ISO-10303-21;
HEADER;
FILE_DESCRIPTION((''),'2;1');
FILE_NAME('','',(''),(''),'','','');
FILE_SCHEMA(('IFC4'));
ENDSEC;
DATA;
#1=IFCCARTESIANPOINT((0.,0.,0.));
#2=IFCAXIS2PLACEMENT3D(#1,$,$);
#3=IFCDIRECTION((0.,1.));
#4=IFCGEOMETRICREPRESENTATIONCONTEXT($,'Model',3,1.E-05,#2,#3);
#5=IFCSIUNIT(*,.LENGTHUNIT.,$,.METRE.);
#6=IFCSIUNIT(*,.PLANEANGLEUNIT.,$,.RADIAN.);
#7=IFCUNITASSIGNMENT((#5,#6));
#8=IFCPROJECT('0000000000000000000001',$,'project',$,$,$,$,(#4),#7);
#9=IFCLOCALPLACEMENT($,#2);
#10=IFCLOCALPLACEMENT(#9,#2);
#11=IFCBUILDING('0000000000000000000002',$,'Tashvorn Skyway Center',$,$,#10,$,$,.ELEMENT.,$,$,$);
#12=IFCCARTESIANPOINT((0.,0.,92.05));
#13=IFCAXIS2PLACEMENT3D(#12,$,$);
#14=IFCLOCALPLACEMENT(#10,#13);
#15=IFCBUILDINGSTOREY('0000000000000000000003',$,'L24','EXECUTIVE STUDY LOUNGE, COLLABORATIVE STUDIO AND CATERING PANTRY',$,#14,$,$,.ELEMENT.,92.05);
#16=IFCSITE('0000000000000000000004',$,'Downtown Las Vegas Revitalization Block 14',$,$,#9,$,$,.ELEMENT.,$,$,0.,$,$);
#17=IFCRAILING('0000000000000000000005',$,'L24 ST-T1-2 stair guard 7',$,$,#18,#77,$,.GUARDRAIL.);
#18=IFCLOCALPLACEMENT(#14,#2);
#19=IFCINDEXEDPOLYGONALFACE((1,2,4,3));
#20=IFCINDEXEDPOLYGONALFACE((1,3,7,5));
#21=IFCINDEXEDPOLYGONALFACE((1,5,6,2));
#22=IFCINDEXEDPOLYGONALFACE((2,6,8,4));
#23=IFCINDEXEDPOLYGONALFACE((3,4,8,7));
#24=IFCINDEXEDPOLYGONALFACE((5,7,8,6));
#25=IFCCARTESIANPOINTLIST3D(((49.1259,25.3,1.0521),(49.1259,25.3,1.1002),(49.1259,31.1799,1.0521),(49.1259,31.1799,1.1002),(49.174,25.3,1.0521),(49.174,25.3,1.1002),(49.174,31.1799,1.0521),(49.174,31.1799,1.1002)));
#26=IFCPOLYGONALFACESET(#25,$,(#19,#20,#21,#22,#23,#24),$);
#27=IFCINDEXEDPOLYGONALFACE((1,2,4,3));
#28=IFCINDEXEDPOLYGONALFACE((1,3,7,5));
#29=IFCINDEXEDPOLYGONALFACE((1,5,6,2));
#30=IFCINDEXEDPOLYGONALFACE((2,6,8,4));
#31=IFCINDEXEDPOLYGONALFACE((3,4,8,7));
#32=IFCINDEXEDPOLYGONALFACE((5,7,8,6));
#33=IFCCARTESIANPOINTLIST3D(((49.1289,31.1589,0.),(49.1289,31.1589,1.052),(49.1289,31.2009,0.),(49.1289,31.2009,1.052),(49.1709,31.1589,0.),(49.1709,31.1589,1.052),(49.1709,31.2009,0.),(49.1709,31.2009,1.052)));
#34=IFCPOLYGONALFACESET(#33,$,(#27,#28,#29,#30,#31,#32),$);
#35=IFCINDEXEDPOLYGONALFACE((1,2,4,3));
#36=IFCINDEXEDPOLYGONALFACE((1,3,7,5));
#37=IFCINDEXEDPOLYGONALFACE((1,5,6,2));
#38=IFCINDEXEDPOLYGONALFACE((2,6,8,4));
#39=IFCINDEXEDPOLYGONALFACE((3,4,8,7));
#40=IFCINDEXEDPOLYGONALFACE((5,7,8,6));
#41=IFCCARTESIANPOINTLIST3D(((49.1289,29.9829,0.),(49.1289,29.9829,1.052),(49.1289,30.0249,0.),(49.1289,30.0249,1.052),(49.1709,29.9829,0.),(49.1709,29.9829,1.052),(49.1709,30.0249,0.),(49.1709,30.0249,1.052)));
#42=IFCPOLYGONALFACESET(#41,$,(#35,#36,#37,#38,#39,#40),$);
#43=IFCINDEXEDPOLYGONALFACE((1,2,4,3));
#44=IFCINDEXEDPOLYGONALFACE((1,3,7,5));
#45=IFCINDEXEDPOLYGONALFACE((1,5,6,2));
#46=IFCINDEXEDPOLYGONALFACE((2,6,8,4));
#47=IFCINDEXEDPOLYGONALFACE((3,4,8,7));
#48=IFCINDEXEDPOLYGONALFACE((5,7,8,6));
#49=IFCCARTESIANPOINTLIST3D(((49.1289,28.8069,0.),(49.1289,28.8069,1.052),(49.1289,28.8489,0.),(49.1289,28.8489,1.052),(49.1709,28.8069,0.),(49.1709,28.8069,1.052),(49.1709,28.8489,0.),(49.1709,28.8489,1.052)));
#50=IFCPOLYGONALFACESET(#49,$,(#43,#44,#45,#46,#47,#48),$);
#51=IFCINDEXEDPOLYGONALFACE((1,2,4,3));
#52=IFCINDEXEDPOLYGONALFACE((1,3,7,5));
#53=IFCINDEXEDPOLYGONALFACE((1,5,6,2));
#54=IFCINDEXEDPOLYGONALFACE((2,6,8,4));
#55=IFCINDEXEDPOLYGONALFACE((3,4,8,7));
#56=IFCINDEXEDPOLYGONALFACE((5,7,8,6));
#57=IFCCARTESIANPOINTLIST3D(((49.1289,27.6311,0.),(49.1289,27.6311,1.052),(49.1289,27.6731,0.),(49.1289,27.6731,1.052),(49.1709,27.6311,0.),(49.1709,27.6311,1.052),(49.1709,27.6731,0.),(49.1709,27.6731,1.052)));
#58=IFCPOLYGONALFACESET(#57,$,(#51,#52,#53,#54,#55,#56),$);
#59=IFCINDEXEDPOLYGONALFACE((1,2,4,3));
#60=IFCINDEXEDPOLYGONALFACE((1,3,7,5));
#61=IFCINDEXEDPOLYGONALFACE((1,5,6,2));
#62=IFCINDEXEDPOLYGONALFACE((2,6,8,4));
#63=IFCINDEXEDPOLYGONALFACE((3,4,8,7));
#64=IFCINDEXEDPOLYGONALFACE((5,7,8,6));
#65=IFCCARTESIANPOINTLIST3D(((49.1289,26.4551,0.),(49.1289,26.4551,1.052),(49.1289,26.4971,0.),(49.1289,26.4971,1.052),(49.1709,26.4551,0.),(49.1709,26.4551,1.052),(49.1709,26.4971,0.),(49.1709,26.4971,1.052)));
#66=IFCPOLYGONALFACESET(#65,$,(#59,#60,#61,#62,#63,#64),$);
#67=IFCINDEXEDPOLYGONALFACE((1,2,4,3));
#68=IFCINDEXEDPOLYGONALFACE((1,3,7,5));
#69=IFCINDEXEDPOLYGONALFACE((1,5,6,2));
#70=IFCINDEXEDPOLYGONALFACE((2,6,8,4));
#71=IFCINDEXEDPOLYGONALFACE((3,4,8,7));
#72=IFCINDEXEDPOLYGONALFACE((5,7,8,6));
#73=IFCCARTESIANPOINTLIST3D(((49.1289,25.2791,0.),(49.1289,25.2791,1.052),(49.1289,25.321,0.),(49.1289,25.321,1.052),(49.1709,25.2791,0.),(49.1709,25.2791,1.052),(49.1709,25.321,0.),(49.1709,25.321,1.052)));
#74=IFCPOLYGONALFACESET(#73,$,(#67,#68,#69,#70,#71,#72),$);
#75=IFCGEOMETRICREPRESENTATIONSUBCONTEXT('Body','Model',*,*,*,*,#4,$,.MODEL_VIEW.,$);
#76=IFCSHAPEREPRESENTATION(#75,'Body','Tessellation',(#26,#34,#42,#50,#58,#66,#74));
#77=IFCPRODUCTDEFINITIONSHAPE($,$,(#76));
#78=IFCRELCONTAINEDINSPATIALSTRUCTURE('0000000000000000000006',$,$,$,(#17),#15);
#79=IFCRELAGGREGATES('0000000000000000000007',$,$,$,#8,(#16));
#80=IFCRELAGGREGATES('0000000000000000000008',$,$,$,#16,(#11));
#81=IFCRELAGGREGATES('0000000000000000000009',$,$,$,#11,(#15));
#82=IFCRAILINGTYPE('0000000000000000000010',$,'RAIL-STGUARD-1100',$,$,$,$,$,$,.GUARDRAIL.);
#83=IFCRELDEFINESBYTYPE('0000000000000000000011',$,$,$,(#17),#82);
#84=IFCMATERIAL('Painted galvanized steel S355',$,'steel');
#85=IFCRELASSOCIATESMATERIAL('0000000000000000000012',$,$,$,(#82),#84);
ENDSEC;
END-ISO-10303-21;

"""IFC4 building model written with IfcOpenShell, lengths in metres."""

from ifc_helpers import new_model, si_unit, direction, frame, origin, origin_2d, place, context, subcontext, project, spatial, rectangle, extrude, material, type_object, element, save


model = new_model("IFC4")

# Units and contexts
model_context = context("Model", 3, precision=1e-05, world=origin(), true_north=direction((0.0, 1.0)))
body_context = subcontext(model_context, "Body", "Model", "MODEL_VIEW")
ifc_project = project(units=[si_unit("LENGTHUNIT", "METRE"), si_unit("PLANEANGLEUNIT", "RADIAN")], contexts=[model_context])

# Site, building, storey
site_placement = place(None, origin())
site = spatial("IfcSite", under=ifc_project, at=site_placement, Name="Downtown Las Vegas Revitalization Block 14", CompositionType="ELEMENT", RefElevation=0.0)
building_placement = place(site_placement, origin())
building = spatial("IfcBuilding", under=site, at=building_placement, Name="Tashvorn Skyway Center", CompositionType="ELEMENT")
storey_placement = place(building_placement, frame((0.0, 0.0, 92.05)))
storey = spatial("IfcBuildingStorey", under=building, at=storey_placement, Name="L24", Description="EXECUTIVE STUDY LOUNGE, COLLABORATIVE STUDIO AND CATERING PANTRY", CompositionType="ELEMENT", Elevation=92.05)

# Railing
ifc_material_1 = material(Name="Painted galvanized steel S355", Category="steel")
railing_type_1 = type_object("IfcRailingType", Name="RAIL-STGUARD-1100", PredefinedType="GUARDRAIL", material=ifc_material_1)
railing_1_placement = place(storey_placement, frame((49.1499, 31.1799, 0.0)))
element("IfcRailing", 1, at=railing_1_placement, inside=storey, type_object=railing_type_1, Name="L24 ST-T1-2 stair guard 7", PredefinedType="GUARDRAIL", context=body_context, shape_type="SweptSolid", body=[
    extrude(rectangle(XDim=0.0481, YDim=0.0481, at=origin_2d()), frame((0.0, 0.0, 1.0762), z_axis=(0.0, -1.0, 0.0), x_axis=(1.0, 0.0, 0.0)), (0.0, 0.0, 1.0), 5.8799),
    extrude(rectangle(XDim=0.042, YDim=0.042, at=origin_2d()), origin(), (0.0, 0.0, 1.0), 1.052),
    extrude(rectangle(XDim=0.042, YDim=0.042, at=origin_2d()), frame((0.0, -1.176, 0.0)), (0.0, 0.0, 1.0), 1.052),
    extrude(rectangle(XDim=0.042, YDim=0.042, at=origin_2d()), frame((0.0, -2.3521, 0.0)), (0.0, 0.0, 1.0), 1.052),
    extrude(rectangle(XDim=0.042, YDim=0.042, at=origin_2d()), frame((0.0, -3.5278, 0.0)), (0.0, 0.0, 1.0), 1.052),
    extrude(rectangle(XDim=0.042, YDim=0.042, at=origin_2d()), frame((0.0, -4.7039, 0.0)), (0.0, 0.0, 1.0), 1.052),
    extrude(rectangle(XDim=0.042, YDim=0.042, at=origin_2d()), frame((0.0, -5.8799, 0.0)), (0.0, 0.0, 1.0), 1.052),
])

save(model, "model.ifc")
